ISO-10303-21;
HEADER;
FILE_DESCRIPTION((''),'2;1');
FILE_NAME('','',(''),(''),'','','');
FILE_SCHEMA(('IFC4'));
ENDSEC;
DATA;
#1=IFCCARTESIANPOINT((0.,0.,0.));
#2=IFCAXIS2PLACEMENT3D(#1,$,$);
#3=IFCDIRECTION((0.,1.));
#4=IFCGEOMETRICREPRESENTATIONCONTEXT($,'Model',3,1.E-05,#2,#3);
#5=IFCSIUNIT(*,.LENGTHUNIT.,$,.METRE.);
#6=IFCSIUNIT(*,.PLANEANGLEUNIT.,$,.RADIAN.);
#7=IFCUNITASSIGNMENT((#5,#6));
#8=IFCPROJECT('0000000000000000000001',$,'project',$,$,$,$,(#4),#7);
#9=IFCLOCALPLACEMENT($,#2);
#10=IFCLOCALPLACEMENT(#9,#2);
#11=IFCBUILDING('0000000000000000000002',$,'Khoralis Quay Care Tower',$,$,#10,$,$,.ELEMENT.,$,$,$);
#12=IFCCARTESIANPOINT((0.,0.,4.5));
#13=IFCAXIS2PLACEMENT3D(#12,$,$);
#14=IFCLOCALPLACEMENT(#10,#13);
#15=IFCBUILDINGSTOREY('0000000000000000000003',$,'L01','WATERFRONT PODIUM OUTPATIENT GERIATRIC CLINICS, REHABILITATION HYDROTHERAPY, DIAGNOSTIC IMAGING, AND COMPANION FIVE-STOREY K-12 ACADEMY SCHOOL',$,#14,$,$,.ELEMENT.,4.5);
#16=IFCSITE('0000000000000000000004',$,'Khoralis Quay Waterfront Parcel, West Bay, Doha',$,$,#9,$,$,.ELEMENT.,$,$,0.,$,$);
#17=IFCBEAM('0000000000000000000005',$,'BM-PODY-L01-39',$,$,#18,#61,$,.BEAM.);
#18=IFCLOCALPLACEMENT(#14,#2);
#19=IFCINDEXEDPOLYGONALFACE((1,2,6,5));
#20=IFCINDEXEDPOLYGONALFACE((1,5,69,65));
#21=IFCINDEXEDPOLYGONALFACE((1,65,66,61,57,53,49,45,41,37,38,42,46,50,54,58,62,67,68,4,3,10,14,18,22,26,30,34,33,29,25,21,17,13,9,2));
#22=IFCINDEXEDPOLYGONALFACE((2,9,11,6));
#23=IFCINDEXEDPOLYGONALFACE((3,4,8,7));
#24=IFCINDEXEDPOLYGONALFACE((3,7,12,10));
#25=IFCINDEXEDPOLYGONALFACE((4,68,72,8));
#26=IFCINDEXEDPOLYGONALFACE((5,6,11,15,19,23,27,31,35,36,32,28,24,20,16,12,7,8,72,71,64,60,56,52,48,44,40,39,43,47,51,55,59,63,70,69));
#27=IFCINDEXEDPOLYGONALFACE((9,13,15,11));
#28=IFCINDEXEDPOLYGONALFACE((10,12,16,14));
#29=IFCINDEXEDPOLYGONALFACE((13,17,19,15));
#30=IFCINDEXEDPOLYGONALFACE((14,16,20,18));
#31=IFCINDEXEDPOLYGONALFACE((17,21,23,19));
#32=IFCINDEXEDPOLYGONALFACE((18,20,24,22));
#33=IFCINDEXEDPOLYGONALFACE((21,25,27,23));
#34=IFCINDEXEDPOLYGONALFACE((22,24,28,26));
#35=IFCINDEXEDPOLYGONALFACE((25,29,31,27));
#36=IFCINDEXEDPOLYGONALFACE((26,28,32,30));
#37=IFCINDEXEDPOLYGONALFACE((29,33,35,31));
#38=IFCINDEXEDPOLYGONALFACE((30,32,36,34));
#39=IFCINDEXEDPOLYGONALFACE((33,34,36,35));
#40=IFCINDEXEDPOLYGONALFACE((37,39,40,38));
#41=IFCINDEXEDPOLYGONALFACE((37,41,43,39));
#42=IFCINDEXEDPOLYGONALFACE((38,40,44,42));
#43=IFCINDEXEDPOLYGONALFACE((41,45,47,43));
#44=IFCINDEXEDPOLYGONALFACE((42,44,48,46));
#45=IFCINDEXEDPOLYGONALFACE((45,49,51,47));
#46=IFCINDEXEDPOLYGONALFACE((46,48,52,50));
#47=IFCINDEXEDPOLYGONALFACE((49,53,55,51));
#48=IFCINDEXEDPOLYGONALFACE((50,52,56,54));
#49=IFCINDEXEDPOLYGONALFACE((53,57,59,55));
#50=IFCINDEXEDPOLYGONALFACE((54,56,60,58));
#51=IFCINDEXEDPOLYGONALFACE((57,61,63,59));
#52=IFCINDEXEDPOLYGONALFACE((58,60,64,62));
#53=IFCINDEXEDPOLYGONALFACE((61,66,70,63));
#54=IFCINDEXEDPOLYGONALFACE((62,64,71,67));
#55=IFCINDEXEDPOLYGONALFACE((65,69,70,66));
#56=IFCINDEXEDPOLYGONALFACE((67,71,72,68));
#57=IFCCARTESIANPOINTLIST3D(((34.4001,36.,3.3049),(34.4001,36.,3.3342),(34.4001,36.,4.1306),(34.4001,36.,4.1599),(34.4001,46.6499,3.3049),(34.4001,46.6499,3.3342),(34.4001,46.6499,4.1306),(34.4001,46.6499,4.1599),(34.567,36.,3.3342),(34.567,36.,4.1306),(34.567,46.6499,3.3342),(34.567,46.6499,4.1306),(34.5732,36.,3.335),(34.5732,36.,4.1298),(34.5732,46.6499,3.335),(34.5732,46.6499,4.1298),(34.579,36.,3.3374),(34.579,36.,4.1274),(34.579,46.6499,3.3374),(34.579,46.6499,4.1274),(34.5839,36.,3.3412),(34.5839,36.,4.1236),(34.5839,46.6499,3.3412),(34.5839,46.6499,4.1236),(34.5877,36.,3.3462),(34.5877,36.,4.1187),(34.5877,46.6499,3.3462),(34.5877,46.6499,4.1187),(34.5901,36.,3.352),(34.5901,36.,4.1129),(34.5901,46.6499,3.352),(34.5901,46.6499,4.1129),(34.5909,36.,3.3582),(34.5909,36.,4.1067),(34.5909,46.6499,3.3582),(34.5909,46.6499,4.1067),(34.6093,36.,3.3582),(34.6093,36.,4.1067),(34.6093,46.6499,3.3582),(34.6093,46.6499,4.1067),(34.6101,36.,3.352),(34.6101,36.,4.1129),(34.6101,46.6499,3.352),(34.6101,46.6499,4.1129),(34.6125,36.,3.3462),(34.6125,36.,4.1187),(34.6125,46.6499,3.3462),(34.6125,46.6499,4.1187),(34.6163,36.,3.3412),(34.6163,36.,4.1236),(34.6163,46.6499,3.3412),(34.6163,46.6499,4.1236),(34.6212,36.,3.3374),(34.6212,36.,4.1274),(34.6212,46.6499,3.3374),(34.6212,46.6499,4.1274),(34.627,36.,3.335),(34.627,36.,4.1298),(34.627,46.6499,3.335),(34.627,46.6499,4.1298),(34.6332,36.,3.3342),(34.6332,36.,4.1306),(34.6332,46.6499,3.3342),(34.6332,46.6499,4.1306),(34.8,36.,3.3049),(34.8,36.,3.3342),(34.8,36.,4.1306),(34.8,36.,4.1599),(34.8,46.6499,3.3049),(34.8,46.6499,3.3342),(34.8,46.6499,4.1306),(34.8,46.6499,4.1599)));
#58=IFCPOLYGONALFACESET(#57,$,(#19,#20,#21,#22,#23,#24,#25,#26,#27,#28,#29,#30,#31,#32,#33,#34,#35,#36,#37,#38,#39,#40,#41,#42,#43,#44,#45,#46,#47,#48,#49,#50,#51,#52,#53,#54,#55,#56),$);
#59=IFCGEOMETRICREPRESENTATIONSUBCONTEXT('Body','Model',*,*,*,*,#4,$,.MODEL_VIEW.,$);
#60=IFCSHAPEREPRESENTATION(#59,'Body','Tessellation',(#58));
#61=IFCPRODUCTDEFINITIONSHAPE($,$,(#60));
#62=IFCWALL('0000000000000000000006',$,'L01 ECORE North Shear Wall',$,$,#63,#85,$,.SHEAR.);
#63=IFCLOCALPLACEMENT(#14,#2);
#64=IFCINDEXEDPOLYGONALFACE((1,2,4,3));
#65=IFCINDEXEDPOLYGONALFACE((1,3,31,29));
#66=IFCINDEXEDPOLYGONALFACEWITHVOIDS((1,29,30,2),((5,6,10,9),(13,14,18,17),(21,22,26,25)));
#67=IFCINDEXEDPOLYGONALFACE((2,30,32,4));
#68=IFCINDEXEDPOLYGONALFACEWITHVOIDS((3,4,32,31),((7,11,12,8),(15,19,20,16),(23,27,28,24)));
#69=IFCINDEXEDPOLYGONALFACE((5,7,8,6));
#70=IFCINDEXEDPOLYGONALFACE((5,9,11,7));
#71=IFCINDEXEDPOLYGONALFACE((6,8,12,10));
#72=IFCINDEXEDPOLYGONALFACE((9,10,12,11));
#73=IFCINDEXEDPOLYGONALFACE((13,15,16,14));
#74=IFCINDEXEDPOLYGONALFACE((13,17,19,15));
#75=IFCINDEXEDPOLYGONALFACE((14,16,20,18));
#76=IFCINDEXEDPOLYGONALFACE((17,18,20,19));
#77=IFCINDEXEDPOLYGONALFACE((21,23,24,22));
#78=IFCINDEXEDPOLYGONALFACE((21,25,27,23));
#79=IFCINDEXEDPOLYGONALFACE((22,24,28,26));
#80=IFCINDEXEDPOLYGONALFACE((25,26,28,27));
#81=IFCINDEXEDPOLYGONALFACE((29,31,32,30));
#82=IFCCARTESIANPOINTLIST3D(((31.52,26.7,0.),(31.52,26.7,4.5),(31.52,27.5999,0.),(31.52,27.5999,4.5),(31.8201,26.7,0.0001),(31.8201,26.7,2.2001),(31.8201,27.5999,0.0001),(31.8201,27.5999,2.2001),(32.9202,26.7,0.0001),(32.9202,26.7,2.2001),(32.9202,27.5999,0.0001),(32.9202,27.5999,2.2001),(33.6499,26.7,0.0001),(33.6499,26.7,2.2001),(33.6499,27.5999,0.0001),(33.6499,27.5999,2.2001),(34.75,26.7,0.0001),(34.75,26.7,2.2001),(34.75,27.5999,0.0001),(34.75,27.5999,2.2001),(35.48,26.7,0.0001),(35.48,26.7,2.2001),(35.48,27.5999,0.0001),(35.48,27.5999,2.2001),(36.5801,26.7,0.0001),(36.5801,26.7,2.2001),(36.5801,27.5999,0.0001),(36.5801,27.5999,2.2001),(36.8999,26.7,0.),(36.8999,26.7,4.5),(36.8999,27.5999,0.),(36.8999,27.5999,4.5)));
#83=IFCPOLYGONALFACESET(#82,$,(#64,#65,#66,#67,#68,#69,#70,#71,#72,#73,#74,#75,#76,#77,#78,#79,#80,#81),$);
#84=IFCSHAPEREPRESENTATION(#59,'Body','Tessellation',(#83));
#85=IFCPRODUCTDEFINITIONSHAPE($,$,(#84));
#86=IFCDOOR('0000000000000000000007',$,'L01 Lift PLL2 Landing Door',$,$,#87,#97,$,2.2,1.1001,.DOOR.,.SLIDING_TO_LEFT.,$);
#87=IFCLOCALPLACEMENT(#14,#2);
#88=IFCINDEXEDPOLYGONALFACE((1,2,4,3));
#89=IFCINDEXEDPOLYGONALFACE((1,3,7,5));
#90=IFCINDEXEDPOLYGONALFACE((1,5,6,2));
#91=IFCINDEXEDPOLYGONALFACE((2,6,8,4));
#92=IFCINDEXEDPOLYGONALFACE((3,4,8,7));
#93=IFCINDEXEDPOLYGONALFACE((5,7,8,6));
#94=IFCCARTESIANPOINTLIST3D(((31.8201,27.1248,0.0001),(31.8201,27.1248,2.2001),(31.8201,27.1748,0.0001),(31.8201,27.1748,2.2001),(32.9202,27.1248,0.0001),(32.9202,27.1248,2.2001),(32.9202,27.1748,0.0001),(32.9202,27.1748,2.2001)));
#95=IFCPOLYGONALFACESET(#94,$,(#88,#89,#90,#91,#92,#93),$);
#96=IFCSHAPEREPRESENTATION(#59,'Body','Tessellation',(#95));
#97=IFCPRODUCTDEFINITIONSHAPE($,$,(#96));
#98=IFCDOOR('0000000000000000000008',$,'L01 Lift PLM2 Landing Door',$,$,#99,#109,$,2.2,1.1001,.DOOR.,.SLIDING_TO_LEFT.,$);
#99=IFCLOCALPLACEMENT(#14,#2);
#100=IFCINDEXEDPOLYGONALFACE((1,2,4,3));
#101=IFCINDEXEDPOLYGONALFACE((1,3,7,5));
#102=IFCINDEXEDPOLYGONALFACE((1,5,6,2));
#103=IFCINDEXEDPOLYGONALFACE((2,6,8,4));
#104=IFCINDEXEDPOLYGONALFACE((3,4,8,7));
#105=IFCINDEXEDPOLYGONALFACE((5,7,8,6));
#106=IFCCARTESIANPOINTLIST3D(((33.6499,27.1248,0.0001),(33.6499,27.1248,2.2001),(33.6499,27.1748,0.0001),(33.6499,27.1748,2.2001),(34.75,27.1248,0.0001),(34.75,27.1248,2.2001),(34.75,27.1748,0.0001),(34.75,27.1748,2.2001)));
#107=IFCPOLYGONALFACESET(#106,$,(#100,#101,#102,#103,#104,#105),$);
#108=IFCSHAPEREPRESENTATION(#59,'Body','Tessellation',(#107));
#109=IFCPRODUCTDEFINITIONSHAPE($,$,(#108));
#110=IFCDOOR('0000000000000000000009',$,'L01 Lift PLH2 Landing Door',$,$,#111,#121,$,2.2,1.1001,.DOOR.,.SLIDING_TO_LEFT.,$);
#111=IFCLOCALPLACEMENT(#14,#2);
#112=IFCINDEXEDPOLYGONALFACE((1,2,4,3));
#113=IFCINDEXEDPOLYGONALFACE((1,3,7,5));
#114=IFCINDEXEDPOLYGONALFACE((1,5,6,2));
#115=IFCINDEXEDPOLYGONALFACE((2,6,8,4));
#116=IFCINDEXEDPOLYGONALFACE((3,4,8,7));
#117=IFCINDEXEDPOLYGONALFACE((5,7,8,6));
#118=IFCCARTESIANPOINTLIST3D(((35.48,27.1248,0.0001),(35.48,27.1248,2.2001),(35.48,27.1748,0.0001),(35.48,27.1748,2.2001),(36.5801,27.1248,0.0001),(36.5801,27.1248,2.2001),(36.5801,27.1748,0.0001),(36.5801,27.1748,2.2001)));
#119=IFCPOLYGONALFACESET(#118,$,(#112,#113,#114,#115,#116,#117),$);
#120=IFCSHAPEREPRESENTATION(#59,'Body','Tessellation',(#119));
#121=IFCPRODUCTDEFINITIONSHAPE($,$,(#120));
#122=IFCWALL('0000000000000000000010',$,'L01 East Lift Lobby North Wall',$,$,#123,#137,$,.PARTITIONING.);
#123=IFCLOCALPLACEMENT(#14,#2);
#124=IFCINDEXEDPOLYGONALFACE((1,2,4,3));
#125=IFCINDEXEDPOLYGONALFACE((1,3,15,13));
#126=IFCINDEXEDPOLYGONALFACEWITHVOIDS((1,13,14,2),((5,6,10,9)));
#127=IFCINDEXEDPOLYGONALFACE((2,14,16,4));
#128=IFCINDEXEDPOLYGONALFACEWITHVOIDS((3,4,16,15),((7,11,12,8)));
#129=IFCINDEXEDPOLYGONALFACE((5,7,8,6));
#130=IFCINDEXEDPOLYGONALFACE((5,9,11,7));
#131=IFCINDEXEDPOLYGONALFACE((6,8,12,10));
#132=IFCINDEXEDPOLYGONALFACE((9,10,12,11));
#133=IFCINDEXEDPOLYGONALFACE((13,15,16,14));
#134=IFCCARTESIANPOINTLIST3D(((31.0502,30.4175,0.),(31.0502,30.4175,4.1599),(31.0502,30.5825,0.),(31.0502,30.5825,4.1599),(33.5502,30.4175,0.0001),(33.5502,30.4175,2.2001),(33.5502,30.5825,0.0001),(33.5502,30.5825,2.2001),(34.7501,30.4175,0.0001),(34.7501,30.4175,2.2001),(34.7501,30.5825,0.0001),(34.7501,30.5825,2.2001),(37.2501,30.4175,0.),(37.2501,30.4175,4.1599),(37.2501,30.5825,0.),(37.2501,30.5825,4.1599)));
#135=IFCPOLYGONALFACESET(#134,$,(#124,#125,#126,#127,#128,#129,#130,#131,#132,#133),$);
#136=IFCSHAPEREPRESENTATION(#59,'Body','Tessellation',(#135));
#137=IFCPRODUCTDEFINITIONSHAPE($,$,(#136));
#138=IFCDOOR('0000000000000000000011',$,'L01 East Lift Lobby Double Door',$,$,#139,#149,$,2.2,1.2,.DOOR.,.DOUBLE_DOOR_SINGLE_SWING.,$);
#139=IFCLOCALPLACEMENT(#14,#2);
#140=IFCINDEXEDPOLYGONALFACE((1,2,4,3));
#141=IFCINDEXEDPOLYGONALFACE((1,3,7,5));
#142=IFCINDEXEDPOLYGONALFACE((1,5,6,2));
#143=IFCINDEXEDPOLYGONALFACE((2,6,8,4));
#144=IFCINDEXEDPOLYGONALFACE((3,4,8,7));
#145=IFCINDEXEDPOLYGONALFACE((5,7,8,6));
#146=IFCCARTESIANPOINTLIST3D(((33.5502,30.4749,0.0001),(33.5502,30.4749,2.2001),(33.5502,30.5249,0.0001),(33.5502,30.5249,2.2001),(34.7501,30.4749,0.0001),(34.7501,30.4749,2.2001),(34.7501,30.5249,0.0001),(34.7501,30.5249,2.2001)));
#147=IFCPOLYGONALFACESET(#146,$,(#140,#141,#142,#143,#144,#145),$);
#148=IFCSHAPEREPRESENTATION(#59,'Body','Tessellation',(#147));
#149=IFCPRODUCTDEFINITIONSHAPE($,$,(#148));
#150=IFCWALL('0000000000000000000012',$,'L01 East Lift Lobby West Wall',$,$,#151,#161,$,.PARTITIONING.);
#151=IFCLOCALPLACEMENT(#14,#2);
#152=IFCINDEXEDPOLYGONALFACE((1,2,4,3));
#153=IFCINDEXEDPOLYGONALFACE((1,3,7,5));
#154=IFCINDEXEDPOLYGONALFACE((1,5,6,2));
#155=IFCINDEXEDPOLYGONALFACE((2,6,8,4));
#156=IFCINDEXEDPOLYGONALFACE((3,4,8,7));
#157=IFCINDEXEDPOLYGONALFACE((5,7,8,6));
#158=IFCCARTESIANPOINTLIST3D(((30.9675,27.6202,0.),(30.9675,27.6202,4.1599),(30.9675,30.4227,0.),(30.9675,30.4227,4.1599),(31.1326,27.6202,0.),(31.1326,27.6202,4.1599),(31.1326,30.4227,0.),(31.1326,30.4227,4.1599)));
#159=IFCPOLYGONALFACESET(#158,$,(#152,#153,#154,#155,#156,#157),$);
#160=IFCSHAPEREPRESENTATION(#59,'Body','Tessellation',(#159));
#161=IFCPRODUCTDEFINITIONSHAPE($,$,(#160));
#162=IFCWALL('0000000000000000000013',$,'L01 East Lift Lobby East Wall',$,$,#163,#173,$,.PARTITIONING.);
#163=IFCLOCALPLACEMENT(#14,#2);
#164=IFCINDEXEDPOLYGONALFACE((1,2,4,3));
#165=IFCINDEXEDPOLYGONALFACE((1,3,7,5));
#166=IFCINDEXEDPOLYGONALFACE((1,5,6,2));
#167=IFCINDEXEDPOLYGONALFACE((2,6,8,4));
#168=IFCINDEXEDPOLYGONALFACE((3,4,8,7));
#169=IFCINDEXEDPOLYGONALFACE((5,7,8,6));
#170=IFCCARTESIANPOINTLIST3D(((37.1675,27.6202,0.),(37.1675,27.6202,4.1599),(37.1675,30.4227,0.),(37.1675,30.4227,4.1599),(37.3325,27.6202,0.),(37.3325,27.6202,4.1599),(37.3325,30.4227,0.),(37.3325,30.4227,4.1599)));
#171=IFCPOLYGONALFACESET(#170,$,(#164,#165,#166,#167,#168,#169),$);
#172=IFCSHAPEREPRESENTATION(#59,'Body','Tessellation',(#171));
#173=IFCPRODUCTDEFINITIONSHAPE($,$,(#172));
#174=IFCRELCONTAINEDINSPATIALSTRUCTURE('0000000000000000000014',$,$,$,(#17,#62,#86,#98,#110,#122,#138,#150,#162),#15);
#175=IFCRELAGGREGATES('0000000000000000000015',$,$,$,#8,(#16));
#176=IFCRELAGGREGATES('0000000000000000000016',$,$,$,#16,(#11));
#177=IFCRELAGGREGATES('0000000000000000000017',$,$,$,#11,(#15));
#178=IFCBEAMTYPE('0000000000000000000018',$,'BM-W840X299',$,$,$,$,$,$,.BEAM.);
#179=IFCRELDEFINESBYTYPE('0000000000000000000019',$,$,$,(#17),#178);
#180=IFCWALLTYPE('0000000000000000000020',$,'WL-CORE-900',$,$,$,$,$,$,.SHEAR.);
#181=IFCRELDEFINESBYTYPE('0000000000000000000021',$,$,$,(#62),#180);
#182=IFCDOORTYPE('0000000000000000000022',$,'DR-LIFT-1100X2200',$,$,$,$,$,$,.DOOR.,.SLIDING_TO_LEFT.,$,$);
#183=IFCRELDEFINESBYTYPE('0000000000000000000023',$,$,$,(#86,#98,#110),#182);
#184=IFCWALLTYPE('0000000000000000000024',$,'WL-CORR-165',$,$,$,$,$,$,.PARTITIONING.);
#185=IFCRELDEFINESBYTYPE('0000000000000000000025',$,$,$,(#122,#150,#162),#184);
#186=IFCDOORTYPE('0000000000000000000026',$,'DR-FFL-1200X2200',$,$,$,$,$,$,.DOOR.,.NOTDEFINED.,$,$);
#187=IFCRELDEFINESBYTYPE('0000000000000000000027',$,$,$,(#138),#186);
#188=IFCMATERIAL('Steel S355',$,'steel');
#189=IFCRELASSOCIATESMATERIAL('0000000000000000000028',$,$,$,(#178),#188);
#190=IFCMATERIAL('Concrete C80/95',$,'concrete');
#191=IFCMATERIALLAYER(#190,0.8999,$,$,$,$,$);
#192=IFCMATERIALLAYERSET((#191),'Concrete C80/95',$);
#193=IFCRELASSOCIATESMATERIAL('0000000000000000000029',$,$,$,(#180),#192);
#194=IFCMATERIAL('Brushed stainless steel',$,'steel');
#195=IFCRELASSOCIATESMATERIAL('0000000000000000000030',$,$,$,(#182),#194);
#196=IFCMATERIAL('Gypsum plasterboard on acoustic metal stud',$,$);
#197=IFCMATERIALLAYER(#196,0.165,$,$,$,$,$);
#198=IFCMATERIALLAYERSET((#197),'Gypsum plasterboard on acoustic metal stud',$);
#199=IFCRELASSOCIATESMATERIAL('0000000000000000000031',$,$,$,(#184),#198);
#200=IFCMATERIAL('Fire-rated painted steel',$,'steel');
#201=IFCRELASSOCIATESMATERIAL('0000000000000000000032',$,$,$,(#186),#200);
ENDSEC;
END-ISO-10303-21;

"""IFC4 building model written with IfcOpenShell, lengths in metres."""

from ifc_helpers import new_model, si_unit, direction, frame, frame_2d, origin, origin_2d, place, context, subcontext, project, spatial, rectangle, i_section, extrude, source, transform, mapped, material, layer, layer_set, material_profile, profile_set, type_object, element, fill, save


model = new_model("IFC4")

# Units and contexts
model_context = context("Model", 3, precision=1e-05, world=origin(), true_north=direction((0.0, 1.0)))
body_context = subcontext(model_context, "Body", "Model", "MODEL_VIEW")
ifc_project = project(units=[si_unit("LENGTHUNIT", "METRE"), si_unit("PLANEANGLEUNIT", "RADIAN")], contexts=[model_context])

# Site, building, storey
site_placement = place(None, origin())
site = spatial("IfcSite", under=ifc_project, at=site_placement, Name="Khoralis Quay Waterfront Parcel, West Bay, Doha", CompositionType="ELEMENT", RefElevation=0.0)
building_placement = place(site_placement, origin())
building = spatial("IfcBuilding", under=site, at=building_placement, Name="Khoralis Quay Care Tower", CompositionType="ELEMENT")
storey_placement = place(building_placement, frame((0.0, 0.0, 4.5)))
storey = spatial("IfcBuildingStorey", under=building, at=storey_placement, Name="L01", Description="WATERFRONT PODIUM OUTPATIENT GERIATRIC CLINICS, REHABILITATION HYDROTHERAPY, DIAGNOSTIC IMAGING, AND COMPANION FIVE-STOREY K-12 ACADEMY SCHOOL", CompositionType="ELEMENT", Elevation=4.5)

# Shared definitions
ifc_material_1 = material(Name="Concrete C80/95", Category="concrete")

# Beam
ifc_material_2 = material(Name="Steel S355", Category="steel")
ifc_material_profile_1 = material_profile(ifc_material_2, i_section(OverallWidth=0.3999, OverallDepth=0.855, WebThickness=0.0183, FlangeThickness=0.0293, FilletRadius=0.0239, at=origin_2d()), Name="Steel S355")
ifc_profile_set_1 = profile_set([ifc_material_profile_1], Name="Steel S355")
beam_type_1 = type_object("IfcBeamType", Name="BM-W840X299", PredefinedType="BEAM", material=ifc_profile_set_1)
shared_shape_1 = source(origin(), body_context, "Body", "SweptSolid", [
    extrude(i_section(OverallWidth=0.3999, OverallDepth=0.855, WebThickness=0.0183, FlangeThickness=0.0293, FilletRadius=0.0239, at=origin_2d()), origin(), (0.0, 0.0, 1.0), 10.6499),
])
beam_1_placement = place(storey_placement, frame((34.6001, 36.0, 3.7324), z_axis=(0.0, 1.0, 0.0), x_axis=(-1.0, 0.0, 0.0)))
element("IfcBeam", 1, at=beam_1_placement, inside=storey, type_object=beam_type_1, Name="BM-PODY-L01-39", PredefinedType="BEAM", context=body_context, shape_type="MappedRepresentation", body=[
    mapped(shared_shape_1, transform((0.0, 0.0, 0.0), scale=1.0)),
])

# Wall, openings, doors
ifc_layer_1 = layer(ifc_material_1, 0.8999)
ifc_layer_set_1 = layer_set([ifc_layer_1], Name="Concrete C80/95")
wall_type_1 = type_object("IfcWallType", Name="WL-CORE-900", PredefinedType="SHEAR", material=ifc_layer_set_1)
wall_1_placement = place(storey_placement, frame((31.52, 27.1499, 0.0), z_axis=(0.0, 0.0, 1.0), x_axis=(1.0, 0.0, 0.0)))
wall_1 = element("IfcWall", 2, at=wall_1_placement, inside=storey, type_object=wall_type_1, Name="L01 ECORE North Shear Wall", PredefinedType="SHEAR", context=body_context, shape_type="SweptSolid", body=[
    extrude(rectangle(XDim=5.3799, YDim=0.8999, at=frame_2d((2.6899, 0.0))), origin(), (0.0, 0.0, 1.0), 4.5),
])
opening_1_placement = place(wall_1_placement, frame((0.3, 0.0, 0.0)))
opening_1 = element("IfcOpeningElement", 3, at=opening_1_placement, cuts=wall_1, PredefinedType="OPENING", context=body_context, shape_type="SweptSolid", body=[
    extrude(rectangle(XDim=1.1001, YDim=2.2, at=frame_2d((0.55, 1.1001))), frame((0.0, 0.46, 0.0), z_axis=(0.0, -1.0, 0.0), x_axis=(1.0, 0.0, 0.0)), (0.0, 0.0, 1.0), 0.9199),
])
opening_2_placement = place(wall_1_placement, frame((2.1299, 0.0, 0.0)))
opening_2 = element("IfcOpeningElement", 4, at=opening_2_placement, cuts=wall_1, PredefinedType="OPENING", context=body_context, shape_type="SweptSolid", body=[
    extrude(rectangle(XDim=1.1001, YDim=2.2, at=frame_2d((0.55, 1.1001))), frame((0.0, 0.46, 0.0), z_axis=(0.0, -1.0, 0.0), x_axis=(1.0, 0.0, 0.0)), (0.0, 0.0, 1.0), 0.9199),
])
opening_3_placement = place(wall_1_placement, frame((3.96, 0.0, 0.0)))
opening_3 = element("IfcOpeningElement", 5, at=opening_3_placement, cuts=wall_1, PredefinedType="OPENING", context=body_context, shape_type="SweptSolid", body=[
    extrude(rectangle(XDim=1.1001, YDim=2.2, at=frame_2d((0.55, 1.1001))), frame((0.0, 0.46, 0.0), z_axis=(0.0, -1.0, 0.0), x_axis=(1.0, 0.0, 0.0)), (0.0, 0.0, 1.0), 0.9199),
])
ifc_material_3 = material(Name="Brushed stainless steel", Category="steel")
door_type_1 = type_object("IfcDoorType", Name="DR-LIFT-1100X2200", OperationType="SLIDING_TO_LEFT", PredefinedType="DOOR", material=ifc_material_3)
shared_shape_2 = source(origin(), body_context, "Body", "SweptSolid", [
    extrude(rectangle(XDim=1.1001, YDim=2.2, at=frame_2d((0.55, 1.1001))), frame((0.0, 0.0249, 0.0), z_axis=(0.0, -1.0, 0.0), x_axis=(1.0, 0.0, 0.0)), (0.0, 0.0, 1.0), 0.05),
])
door_1_placement = place(opening_1_placement, origin())
door_1 = element("IfcDoor", 6, at=door_1_placement, inside=storey, type_object=door_type_1, Name="L01 Lift PLL2 Landing Door", OperationType="SLIDING_TO_LEFT", OverallHeight=2.2, OverallWidth=1.1001, PredefinedType="DOOR", context=body_context, shape_type="MappedRepresentation", body=[
    mapped(shared_shape_2, transform((0.0, 0.0, 0.0), scale=1.0)),
])
fill(opening_1, door_1)
door_2_placement = place(opening_2_placement, origin())
door_2 = element("IfcDoor", 7, at=door_2_placement, inside=storey, type_object=door_type_1, Name="L01 Lift PLM2 Landing Door", OperationType="SLIDING_TO_LEFT", OverallHeight=2.2, OverallWidth=1.1001, PredefinedType="DOOR", context=body_context, shape_type="MappedRepresentation", body=[
    mapped(shared_shape_2, transform((0.0, 0.0, 0.0), scale=1.0)),
])
fill(opening_2, door_2)
door_3_placement = place(opening_3_placement, origin())
door_3 = element("IfcDoor", 8, at=door_3_placement, inside=storey, type_object=door_type_1, Name="L01 Lift PLH2 Landing Door", OperationType="SLIDING_TO_LEFT", OverallHeight=2.2, OverallWidth=1.1001, PredefinedType="DOOR", context=body_context, shape_type="MappedRepresentation", body=[
    mapped(shared_shape_2, transform((0.0, 0.0, 0.0), scale=1.0)),
])
fill(opening_3, door_3)

# Wall, opening, door
ifc_material_4 = material(Name="Gypsum plasterboard on acoustic metal stud")
ifc_layer_2 = layer(ifc_material_4, 0.165)
ifc_layer_set_2 = layer_set([ifc_layer_2], Name="Gypsum plasterboard on acoustic metal stud")
wall_type_2 = type_object("IfcWallType", Name="WL-CORR-165", PredefinedType="PARTITIONING", material=ifc_layer_set_2)
wall_2_placement = place(storey_placement, frame((31.05, 30.5, 0.0), z_axis=(0.0, 0.0, 1.0), x_axis=(1.0, 0.0, 0.0)))
wall_2 = element("IfcWall", 9, at=wall_2_placement, inside=storey, type_object=wall_type_2, Name="L01 East Lift Lobby North Wall", PredefinedType="PARTITIONING", context=body_context, shape_type="SweptSolid", body=[
    extrude(rectangle(XDim=6.2, YDim=0.165, at=frame_2d((3.1001, 0.0))), origin(), (0.0, 0.0, 1.0), 4.1599),
])
opening_4_placement = place(wall_2_placement, frame((2.5, 0.0, 0.0)))
opening_4 = element("IfcOpeningElement", 10, at=opening_4_placement, cuts=wall_2, PredefinedType="OPENING", context=body_context, shape_type="SweptSolid", body=[
    extrude(rectangle(XDim=1.2, YDim=2.2, at=frame_2d((0.6001, 1.1001))), frame((0.0, 0.0925, 0.0), z_axis=(0.0, -1.0, 0.0), x_axis=(1.0, 0.0, 0.0)), (0.0, 0.0, 1.0), 0.1851),
])
ifc_material_5 = material(Name="Fire-rated painted steel", Category="steel")
door_type_2 = type_object("IfcDoorType", Name="DR-FFL-1200X2200", OperationType="NOTDEFINED", PredefinedType="DOOR", material=ifc_material_5)
shared_shape_3 = source(origin(), body_context, "Body", "SweptSolid", [
    extrude(rectangle(XDim=1.2, YDim=2.2, at=frame_2d((0.6001, 1.1001))), frame((0.0, 0.0249, 0.0), z_axis=(0.0, -1.0, 0.0), x_axis=(1.0, 0.0, 0.0)), (0.0, 0.0, 1.0), 0.05),
])
door_4_placement = place(opening_4_placement, origin())
door_4 = element("IfcDoor", 11, at=door_4_placement, inside=storey, type_object=door_type_2, Name="L01 East Lift Lobby Double Door", OperationType="DOUBLE_DOOR_SINGLE_SWING", OverallHeight=2.2, OverallWidth=1.2, PredefinedType="DOOR", context=body_context, shape_type="MappedRepresentation", body=[
    mapped(shared_shape_3, transform((0.0, 0.0, 0.0), scale=1.0)),
])
fill(opening_4, door_4)

# Walls
for number, where, z_axis, x_axis, name in (
    (12, (31.05, 27.6201, 0.0), (0.0, 0.0, 1.0), (0.0, 1.0, 0.0), "L01 East Lift Lobby West Wall"),
    (13, (37.25, 27.6201, 0.0), (0.0, 0.0, 1.0), (0.0, 1.0, 0.0), "L01 East Lift Lobby East Wall"),
):
    element("IfcWall", number, at=place(storey_placement, frame(where, z_axis=z_axis, x_axis=x_axis)), inside=storey, type_object=wall_type_2, Name=name, PredefinedType="PARTITIONING", context=body_context, shape_type="SweptSolid", body=[
        extrude(rectangle(XDim=2.8025, YDim=0.165, at=frame_2d((1.4014, 0.0))), origin(), (0.0, 0.0, 1.0), 4.1599),
    ])

save(model, "model.ifc")
